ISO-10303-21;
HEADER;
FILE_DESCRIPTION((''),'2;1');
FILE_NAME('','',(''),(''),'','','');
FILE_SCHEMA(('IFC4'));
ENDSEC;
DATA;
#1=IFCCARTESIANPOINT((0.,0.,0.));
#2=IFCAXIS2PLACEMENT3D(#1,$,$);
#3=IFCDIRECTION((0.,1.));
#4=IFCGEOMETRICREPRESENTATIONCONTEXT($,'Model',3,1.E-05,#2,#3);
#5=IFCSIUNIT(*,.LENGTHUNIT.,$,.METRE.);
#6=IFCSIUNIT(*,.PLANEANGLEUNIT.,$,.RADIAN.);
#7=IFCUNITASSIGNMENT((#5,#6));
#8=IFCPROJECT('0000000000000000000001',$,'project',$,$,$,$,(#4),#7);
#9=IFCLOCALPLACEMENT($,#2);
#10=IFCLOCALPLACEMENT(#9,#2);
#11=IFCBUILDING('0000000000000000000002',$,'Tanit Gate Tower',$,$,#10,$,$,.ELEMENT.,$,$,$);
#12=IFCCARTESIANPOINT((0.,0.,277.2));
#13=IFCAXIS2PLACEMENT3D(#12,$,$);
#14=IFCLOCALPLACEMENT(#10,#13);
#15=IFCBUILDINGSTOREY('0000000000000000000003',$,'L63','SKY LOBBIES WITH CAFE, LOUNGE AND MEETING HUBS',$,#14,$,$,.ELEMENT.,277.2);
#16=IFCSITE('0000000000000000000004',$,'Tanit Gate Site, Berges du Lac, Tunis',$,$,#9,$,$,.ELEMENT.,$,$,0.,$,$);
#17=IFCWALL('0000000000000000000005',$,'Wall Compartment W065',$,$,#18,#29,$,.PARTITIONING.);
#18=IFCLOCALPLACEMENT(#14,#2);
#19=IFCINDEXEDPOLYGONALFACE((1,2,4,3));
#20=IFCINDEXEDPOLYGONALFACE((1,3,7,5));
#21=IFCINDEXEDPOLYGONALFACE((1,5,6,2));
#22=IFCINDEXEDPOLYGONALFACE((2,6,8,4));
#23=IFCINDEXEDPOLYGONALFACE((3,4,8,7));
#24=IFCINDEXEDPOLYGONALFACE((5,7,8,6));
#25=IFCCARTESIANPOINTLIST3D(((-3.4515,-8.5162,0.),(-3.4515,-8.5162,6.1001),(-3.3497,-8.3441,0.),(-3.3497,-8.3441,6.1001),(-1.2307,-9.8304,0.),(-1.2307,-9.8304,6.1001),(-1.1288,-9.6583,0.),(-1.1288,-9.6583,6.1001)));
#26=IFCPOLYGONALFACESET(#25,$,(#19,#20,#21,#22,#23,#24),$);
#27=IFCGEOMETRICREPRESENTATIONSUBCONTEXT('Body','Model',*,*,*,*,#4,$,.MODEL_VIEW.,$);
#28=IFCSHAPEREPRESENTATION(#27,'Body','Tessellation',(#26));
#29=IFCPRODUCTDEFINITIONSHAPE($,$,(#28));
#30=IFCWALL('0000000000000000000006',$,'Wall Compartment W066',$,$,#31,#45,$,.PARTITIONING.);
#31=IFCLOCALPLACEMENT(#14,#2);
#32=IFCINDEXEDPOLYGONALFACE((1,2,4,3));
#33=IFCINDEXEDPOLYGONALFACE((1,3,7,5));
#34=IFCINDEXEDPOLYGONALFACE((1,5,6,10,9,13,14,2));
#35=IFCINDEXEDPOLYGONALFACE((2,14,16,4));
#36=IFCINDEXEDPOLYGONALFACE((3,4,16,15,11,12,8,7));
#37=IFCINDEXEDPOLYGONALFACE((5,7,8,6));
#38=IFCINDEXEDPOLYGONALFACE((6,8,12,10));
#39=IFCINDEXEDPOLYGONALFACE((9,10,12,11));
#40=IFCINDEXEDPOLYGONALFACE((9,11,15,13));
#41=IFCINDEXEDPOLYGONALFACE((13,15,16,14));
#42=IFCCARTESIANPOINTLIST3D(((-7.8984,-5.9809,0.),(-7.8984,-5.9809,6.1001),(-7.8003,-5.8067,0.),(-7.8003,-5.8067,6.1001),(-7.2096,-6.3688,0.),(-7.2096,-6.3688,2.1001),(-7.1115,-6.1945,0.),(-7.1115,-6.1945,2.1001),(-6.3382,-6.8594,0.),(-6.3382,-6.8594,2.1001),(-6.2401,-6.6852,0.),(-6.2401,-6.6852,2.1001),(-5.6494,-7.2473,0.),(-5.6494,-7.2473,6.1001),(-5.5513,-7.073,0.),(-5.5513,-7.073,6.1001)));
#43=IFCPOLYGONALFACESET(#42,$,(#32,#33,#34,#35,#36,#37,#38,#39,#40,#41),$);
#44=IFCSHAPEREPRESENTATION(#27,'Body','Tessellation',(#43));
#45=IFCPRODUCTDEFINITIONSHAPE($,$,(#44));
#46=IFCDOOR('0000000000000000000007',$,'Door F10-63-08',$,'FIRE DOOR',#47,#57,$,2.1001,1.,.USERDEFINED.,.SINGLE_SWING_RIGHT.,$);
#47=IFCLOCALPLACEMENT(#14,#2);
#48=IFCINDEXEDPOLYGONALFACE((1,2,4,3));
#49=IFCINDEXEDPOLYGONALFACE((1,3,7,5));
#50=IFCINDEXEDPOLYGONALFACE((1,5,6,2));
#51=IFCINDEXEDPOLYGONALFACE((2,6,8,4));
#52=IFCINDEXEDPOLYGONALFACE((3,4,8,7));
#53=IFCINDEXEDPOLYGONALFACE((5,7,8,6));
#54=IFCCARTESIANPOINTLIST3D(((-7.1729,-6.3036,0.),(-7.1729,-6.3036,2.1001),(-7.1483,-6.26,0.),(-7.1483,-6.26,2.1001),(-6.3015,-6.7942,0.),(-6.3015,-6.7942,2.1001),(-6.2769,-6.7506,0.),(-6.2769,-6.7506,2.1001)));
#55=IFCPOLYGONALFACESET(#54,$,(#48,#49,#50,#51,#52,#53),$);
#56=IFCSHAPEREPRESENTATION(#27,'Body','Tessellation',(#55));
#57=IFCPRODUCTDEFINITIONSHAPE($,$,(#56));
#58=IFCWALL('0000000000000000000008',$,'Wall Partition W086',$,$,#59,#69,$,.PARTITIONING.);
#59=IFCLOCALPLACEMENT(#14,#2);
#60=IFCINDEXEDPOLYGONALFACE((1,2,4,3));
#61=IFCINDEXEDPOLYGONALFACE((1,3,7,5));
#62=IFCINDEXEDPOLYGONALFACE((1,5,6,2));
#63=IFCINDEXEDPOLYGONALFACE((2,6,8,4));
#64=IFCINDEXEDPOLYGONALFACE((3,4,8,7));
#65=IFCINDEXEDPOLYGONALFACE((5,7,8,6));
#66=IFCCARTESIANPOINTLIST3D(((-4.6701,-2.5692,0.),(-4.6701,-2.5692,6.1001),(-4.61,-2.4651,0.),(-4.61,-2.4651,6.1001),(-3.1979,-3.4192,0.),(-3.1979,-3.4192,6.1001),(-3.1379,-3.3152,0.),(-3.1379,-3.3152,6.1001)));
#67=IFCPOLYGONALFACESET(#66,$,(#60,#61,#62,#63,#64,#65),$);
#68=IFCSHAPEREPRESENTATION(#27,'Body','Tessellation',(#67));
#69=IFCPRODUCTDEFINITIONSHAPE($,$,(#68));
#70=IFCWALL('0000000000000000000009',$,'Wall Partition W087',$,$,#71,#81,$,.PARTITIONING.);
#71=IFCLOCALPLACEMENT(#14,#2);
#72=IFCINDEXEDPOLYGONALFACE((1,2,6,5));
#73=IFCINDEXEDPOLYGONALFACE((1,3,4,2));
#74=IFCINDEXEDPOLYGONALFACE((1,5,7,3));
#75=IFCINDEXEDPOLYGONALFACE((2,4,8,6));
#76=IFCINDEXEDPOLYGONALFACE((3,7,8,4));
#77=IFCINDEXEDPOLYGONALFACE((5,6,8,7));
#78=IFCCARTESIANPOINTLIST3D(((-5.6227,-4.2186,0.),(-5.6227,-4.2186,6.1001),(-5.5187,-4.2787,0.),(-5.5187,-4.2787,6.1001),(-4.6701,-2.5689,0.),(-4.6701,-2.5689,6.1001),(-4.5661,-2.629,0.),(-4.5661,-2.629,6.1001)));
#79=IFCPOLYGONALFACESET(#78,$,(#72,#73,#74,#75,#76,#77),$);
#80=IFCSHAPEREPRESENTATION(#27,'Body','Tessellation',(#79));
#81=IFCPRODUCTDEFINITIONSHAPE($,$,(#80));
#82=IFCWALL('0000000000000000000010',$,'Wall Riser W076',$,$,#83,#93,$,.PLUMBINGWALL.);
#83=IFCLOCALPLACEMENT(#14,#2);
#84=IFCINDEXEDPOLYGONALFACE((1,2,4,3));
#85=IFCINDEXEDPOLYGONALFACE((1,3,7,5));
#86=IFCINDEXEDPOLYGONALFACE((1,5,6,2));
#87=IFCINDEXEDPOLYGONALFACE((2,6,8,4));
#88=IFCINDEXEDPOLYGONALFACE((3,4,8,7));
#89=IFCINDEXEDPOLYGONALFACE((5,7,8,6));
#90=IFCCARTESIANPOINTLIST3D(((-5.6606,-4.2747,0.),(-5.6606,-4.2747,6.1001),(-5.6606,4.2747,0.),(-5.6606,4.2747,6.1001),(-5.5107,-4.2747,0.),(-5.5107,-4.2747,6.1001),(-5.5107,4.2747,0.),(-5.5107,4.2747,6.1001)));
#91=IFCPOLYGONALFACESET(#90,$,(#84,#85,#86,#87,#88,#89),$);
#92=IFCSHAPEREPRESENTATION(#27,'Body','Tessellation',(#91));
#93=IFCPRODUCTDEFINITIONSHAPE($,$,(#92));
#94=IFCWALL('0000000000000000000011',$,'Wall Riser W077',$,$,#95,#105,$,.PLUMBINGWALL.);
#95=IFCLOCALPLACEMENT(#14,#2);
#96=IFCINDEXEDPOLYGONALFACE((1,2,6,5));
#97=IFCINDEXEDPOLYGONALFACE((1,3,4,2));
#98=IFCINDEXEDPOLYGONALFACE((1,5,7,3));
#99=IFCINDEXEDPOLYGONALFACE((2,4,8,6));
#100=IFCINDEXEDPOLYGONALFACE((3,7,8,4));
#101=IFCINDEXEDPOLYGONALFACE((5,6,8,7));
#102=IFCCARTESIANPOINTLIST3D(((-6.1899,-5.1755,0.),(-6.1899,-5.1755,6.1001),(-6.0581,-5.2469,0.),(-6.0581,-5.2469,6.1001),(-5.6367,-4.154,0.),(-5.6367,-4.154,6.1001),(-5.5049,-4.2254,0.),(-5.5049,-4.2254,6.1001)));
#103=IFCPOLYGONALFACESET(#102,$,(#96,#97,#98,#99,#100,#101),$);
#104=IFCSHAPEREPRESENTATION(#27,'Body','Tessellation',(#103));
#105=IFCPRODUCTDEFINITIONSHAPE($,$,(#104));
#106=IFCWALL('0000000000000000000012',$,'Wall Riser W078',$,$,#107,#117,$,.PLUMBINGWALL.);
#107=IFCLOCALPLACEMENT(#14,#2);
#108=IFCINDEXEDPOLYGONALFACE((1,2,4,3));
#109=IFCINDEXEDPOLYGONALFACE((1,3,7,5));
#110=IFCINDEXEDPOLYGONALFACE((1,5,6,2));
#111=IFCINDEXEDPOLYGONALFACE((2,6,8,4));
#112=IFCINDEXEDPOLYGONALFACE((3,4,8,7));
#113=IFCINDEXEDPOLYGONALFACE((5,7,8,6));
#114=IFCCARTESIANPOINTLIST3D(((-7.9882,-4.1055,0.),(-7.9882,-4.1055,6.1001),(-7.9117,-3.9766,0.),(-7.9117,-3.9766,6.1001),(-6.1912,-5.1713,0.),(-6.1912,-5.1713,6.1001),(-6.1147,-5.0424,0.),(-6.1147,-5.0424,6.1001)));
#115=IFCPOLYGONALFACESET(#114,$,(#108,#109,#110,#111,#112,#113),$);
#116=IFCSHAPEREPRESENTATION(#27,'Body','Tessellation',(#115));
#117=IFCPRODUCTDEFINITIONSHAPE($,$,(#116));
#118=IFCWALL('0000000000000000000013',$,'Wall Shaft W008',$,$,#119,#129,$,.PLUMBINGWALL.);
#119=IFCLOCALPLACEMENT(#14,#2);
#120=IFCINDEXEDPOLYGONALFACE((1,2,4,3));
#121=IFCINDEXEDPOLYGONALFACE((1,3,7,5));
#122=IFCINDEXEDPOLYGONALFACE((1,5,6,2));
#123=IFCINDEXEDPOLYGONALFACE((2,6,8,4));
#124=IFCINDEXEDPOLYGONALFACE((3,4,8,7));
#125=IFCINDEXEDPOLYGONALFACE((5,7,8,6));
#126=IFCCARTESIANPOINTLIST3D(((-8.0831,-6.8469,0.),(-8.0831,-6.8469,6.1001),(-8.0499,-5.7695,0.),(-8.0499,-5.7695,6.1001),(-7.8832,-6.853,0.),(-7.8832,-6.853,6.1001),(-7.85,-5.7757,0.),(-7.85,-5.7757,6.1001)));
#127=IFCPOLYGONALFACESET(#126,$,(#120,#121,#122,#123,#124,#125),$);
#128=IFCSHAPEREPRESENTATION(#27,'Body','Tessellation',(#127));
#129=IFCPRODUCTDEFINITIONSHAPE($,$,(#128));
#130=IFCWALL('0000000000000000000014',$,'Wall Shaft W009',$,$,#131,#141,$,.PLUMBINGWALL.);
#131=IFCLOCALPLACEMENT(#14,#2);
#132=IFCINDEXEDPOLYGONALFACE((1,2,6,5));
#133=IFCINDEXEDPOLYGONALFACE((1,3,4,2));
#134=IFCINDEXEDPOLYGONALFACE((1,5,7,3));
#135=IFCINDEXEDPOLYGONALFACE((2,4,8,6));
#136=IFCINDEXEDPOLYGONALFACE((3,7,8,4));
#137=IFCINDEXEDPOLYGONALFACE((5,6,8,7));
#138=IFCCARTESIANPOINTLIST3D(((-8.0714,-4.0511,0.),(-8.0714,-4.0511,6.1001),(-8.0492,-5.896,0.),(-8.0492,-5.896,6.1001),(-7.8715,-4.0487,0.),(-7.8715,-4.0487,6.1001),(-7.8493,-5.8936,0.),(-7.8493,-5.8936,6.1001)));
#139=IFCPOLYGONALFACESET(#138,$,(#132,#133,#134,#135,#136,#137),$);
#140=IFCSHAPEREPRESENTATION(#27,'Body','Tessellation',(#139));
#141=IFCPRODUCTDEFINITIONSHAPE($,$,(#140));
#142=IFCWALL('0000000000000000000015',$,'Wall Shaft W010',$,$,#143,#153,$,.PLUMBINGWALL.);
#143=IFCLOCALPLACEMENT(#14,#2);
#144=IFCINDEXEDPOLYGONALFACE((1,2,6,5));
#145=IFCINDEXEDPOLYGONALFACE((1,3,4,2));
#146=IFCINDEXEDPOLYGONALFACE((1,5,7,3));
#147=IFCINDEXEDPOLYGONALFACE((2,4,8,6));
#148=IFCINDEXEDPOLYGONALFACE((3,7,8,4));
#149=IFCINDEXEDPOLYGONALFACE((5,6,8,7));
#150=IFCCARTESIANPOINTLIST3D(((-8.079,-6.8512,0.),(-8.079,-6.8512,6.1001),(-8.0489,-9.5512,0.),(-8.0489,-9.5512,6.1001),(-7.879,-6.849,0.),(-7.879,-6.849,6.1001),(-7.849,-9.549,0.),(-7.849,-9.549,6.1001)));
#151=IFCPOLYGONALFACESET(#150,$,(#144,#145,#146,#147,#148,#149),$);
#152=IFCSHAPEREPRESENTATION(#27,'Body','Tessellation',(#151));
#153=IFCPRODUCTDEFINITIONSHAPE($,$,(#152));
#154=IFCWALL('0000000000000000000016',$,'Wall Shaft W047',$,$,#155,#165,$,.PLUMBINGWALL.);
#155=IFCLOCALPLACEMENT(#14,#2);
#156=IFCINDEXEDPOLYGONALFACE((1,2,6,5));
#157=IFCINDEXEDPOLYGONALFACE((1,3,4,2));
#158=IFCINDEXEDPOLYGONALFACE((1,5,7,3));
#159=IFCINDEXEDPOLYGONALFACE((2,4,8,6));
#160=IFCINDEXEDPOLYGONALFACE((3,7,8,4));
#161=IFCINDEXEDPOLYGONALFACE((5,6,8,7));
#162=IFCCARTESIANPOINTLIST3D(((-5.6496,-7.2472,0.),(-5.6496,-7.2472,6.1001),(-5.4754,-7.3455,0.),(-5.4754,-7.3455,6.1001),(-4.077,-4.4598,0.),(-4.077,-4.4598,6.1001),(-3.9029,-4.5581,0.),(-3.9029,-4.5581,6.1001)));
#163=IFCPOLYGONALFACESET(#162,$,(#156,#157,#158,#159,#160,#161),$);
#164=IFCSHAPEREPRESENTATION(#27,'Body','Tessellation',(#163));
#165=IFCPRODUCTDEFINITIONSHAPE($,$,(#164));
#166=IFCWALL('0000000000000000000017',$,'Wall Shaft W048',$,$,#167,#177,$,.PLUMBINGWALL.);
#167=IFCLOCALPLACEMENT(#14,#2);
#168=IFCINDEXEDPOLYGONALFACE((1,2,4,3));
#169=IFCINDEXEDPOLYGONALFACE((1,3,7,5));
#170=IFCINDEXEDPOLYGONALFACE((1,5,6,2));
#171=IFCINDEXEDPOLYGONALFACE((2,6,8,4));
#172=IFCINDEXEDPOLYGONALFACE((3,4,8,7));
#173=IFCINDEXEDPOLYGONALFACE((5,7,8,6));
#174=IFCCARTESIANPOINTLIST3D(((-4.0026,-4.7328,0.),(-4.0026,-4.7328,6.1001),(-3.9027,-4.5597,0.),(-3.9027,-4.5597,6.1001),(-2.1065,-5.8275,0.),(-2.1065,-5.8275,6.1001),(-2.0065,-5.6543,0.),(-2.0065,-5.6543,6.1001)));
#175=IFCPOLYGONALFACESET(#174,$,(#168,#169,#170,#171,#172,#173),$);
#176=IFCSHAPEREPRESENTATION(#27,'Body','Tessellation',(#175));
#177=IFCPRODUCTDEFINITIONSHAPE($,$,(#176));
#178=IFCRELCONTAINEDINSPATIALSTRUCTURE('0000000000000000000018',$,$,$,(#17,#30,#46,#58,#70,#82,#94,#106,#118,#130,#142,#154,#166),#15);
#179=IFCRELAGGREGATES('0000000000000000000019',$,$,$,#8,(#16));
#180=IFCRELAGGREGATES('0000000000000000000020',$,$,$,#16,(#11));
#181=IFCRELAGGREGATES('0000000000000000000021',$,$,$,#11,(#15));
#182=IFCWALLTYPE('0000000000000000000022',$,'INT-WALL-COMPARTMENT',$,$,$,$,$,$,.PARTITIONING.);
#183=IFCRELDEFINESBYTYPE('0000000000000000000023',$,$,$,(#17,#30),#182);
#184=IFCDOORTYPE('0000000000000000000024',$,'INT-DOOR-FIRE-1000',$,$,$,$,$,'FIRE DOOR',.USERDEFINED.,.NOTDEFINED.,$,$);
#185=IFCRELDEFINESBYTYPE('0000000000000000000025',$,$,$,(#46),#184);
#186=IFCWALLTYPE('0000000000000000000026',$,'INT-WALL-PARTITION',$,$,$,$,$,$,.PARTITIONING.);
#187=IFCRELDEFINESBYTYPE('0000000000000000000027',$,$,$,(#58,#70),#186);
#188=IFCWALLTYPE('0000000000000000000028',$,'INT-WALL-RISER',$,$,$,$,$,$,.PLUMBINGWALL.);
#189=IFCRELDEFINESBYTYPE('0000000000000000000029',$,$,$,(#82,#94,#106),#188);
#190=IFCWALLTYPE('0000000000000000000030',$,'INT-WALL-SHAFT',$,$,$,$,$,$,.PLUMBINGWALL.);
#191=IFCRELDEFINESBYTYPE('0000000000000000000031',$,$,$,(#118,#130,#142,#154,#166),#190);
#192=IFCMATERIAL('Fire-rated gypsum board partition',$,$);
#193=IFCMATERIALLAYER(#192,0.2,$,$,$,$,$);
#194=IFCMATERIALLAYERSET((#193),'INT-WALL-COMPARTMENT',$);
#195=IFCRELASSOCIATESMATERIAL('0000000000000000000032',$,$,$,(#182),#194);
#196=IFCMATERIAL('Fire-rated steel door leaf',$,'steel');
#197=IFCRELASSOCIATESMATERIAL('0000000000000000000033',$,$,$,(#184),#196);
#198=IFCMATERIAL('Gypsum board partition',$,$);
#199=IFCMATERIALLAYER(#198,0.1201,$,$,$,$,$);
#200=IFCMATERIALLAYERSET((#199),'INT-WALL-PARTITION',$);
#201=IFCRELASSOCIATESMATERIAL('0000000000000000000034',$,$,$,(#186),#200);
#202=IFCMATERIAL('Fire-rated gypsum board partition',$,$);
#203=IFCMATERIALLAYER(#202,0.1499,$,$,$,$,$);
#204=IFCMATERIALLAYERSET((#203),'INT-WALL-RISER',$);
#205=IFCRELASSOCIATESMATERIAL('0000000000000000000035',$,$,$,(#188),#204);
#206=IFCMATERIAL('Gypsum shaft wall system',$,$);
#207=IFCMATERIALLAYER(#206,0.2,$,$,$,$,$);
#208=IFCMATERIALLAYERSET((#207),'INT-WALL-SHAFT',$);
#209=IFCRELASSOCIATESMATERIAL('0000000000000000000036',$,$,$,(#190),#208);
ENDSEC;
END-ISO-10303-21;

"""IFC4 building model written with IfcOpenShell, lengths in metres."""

from ifc_helpers import new_model, si_unit, direction, frame, frame_2d, origin, place, context, subcontext, project, spatial, rectangle, extrude, material, layer, layer_set, type_object, element, fill, save


model = new_model("IFC4")

# Units and contexts
model_context = context("Model", 3, precision=1e-05, world=origin(), true_north=direction((0.0, 1.0)))
body_context = subcontext(model_context, "Body", "Model", "MODEL_VIEW")
ifc_project = project(units=[si_unit("LENGTHUNIT", "METRE"), si_unit("PLANEANGLEUNIT", "RADIAN")], contexts=[model_context])

# Site, building, storey
site_placement = place(None, origin())
site = spatial("IfcSite", under=ifc_project, at=site_placement, Name="Tanit Gate Site, Berges du Lac, Tunis", CompositionType="ELEMENT", RefElevation=0.0)
building_placement = place(site_placement, origin())
building = spatial("IfcBuilding", under=site, at=building_placement, Name="Tanit Gate Tower", CompositionType="ELEMENT")
storey_placement = place(building_placement, frame((0.0, 0.0, 277.2)))
storey = spatial("IfcBuildingStorey", under=building, at=storey_placement, Name="L63", Description="SKY LOBBIES WITH CAFE, LOUNGE AND MEETING HUBS", CompositionType="ELEMENT", Elevation=277.2)

# Wall
ifc_material_1 = material(Name="Fire-rated gypsum board partition")
ifc_layer_1 = layer(ifc_material_1, 0.2)
ifc_layer_set_1 = layer_set([ifc_layer_1], Name="INT-WALL-COMPARTMENT")
wall_type_1 = type_object("IfcWallType", Name="INT-WALL-COMPARTMENT", PredefinedType="PARTITIONING", material=ifc_layer_set_1)
wall_1_placement = place(storey_placement, frame((-3.4006, -8.4302, 0.0), z_axis=(0.0, 0.0, 1.0), x_axis=(0.860616, -0.509255, 0.0)))
element("IfcWall", 1, at=wall_1_placement, inside=storey, type_object=wall_type_1, Name="Wall Compartment W065", PredefinedType="PARTITIONING", context=body_context, shape_type="SweptSolid", body=[
    extrude(rectangle(XDim=2.5806, YDim=0.2, at=frame_2d((1.2903, 0.0))), origin(), (0.0, 0.0, 1.0), 6.1001),
])

# Wall, opening, door
wall_2_placement = place(storey_placement, frame((-7.8494, -5.8938, 0.0), z_axis=(0.0, 0.0, 1.0), x_axis=(0.871363, -0.490638, 0.0)))
wall_2 = element("IfcWall", 2, at=wall_2_placement, inside=storey, type_object=wall_type_1, Name="Wall Compartment W066", PredefinedType="PARTITIONING", context=body_context, shape_type="SweptSolid", body=[
    extrude(rectangle(XDim=2.5811, YDim=0.2, at=frame_2d((1.2905, 0.0))), origin(), (0.0, 0.0, 1.0), 6.1001),
])
opening_1_placement = place(wall_2_placement, frame((0.7905, 0.0, 0.0)))
opening_1 = element("IfcOpeningElement", 3, at=opening_1_placement, cuts=wall_2, PredefinedType="OPENING", context=body_context, shape_type="SweptSolid", body=[
    extrude(rectangle(XDim=1.0, YDim=2.1001, at=frame_2d((0.5, 1.05))), frame((0.0, 0.1099, 0.0), z_axis=(0.0, -1.0, 0.0), x_axis=(1.0, 0.0, 0.0)), (0.0, 0.0, 1.0), 0.22),
])
ifc_material_2 = material(Name="Fire-rated steel door leaf", Category="steel")
door_type_1 = type_object("IfcDoorType", Name="INT-DOOR-FIRE-1000", ElementType="FIRE DOOR", OperationType="NOTDEFINED", PredefinedType="USERDEFINED", material=ifc_material_2)
door_1_placement = place(opening_1_placement, origin())
door_1 = element("IfcDoor", 4, at=door_1_placement, inside=storey, type_object=door_type_1, Name="Door F10-63-08", ObjectType="FIRE DOOR", OperationType="SINGLE_SWING_RIGHT", OverallHeight=2.1001, OverallWidth=1.0, PredefinedType="USERDEFINED", context=body_context, shape_type="SweptSolid", body=[
    extrude(rectangle(XDim=1.0, YDim=2.1001, at=frame_2d((0.5, 1.05))), frame((0.0, 0.0249, 0.0), z_axis=(0.0, -1.0, 0.0), x_axis=(1.0, 0.0, 0.0)), (0.0, 0.0, 1.0), 0.05),
])
fill(opening_1, door_1)

# Walls
ifc_material_3 = material(Name="Gypsum board partition")
ifc_layer_2 = layer(ifc_material_3, 0.1201)
ifc_layer_set_2 = layer_set([ifc_layer_2], Name="INT-WALL-PARTITION")
wall_type_2 = type_object("IfcWallType", Name="INT-WALL-PARTITION", PredefinedType="PARTITIONING", material=ifc_layer_set_2)
wall_3_placement = place(storey_placement, frame((-4.6401, -2.5171, 0.0), z_axis=(0.0, 0.0, 1.0), x_axis=(0.865989, -0.500062, 0.0)))
element("IfcWall", 5, at=wall_3_placement, inside=storey, type_object=wall_type_2, Name="Wall Partition W086", PredefinedType="PARTITIONING", context=body_context, shape_type="SweptSolid", body=[
    extrude(rectangle(XDim=1.7, YDim=0.1201, at=frame_2d((0.8501, 0.0))), origin(), (0.0, 0.0, 1.0), 6.1001),
])
wall_4_placement = place(storey_placement, frame((-5.5708, -4.2488, 0.0), z_axis=(0.0, 0.0, 1.0), x_axis=(0.500081, 0.865979, 0.0)))
element("IfcWall", 6, at=wall_4_placement, inside=storey, type_object=wall_type_2, Name="Wall Partition W087", PredefinedType="PARTITIONING", context=body_context, shape_type="SweptSolid", body=[
    extrude(rectangle(XDim=1.905, YDim=0.1201, at=frame_2d((0.9526, 0.0))), origin(), (0.0, 0.0, 1.0), 6.1001),
])
ifc_material_4 = material(Name="Fire-rated gypsum board partition")
ifc_layer_3 = layer(ifc_material_4, 0.1499)
ifc_layer_set_3 = layer_set([ifc_layer_3], Name="INT-WALL-RISER")
wall_type_3 = type_object("IfcWallType", Name="INT-WALL-RISER", PredefinedType="PLUMBINGWALL", material=ifc_layer_set_3)
wall_5_placement = place(storey_placement, frame((-5.5857, -4.2747, 0.0), z_axis=(0.0, 0.0, 1.0), x_axis=(0.0, 1.0, 0.0)))
element("IfcWall", 7, at=wall_5_placement, inside=storey, type_object=wall_type_3, Name="Wall Riser W076", PredefinedType="PLUMBINGWALL", context=body_context, shape_type="SweptSolid", body=[
    extrude(rectangle(XDim=8.5493, YDim=0.1499, at=frame_2d((4.2747, 0.0))), origin(), (0.0, 0.0, 1.0), 6.1001),
])
wall_6_placement = place(storey_placement, frame((-6.124, -5.2112, 0.0), z_axis=(0.0, 0.0, 1.0), x_axis=(0.476229, 0.879321, 0.0)))
element("IfcWall", 8, at=wall_6_placement, inside=storey, type_object=wall_type_3, Name="Wall Riser W077", PredefinedType="PLUMBINGWALL", context=body_context, shape_type="SweptSolid", body=[
    extrude(rectangle(XDim=1.1616, YDim=0.1499, at=frame_2d((0.5808, 0.0))), origin(), (0.0, 0.0, 1.0), 6.1001),
])
wall_7_placement = place(storey_placement, frame((-7.95, -4.041, 0.0), z_axis=(0.0, 0.0, 1.0), x_axis=(0.86009, -0.510142, 0.0)))
element("IfcWall", 9, at=wall_7_placement, inside=storey, type_object=wall_type_3, Name="Wall Riser W078", PredefinedType="PLUMBINGWALL", context=body_context, shape_type="SweptSolid", body=[
    extrude(rectangle(XDim=2.0894, YDim=0.1499, at=frame_2d((1.0447, 0.0))), origin(), (0.0, 0.0, 1.0), 6.1001),
])
ifc_material_5 = material(Name="Gypsum shaft wall system")
ifc_layer_4 = layer(ifc_material_5, 0.2)
ifc_layer_set_4 = layer_set([ifc_layer_4], Name="INT-WALL-SHAFT")
wall_type_4 = type_object("IfcWallType", Name="INT-WALL-SHAFT", PredefinedType="PLUMBINGWALL", material=ifc_layer_set_4)
wall_8_placement = place(storey_placement, frame((-7.95, -5.7725, 0.0), z_axis=(0.0, 0.0, 1.0), x_axis=(-0.030803, -0.999525, 0.0)))
element("IfcWall", 10, at=wall_8_placement, inside=storey, type_object=wall_type_4, Name="Wall Shaft W008", PredefinedType="PLUMBINGWALL", context=body_context, shape_type="SweptSolid", body=[
    extrude(rectangle(XDim=1.0779, YDim=0.2, at=frame_2d((0.5391, 0.0))), origin(), (0.0, 0.0, 1.0), 6.1001),
])
wall_9_placement = place(storey_placement, frame((-7.9714, -4.05, 0.0), z_axis=(0.0, 0.0, 1.0), x_axis=(0.012043, -0.999927, 0.0)))
element("IfcWall", 11, at=wall_9_placement, inside=storey, type_object=wall_type_4, Name="Wall Shaft W009", PredefinedType="PLUMBINGWALL", context=body_context, shape_type="SweptSolid", body=[
    extrude(rectangle(XDim=1.845, YDim=0.2, at=frame_2d((0.9224, 0.0))), origin(), (0.0, 0.0, 1.0), 6.1001),
])
wall_10_placement = place(storey_placement, frame((-7.979, -6.8501, 0.0), z_axis=(0.0, 0.0, 1.0), x_axis=(0.011121, -0.999938, 0.0)))
element("IfcWall", 12, at=wall_10_placement, inside=storey, type_object=wall_type_4, Name="Wall Shaft W010", PredefinedType="PLUMBINGWALL", context=body_context, shape_type="SweptSolid", body=[
    extrude(rectangle(XDim=2.7002, YDim=0.2, at=frame_2d((1.3501, 0.0))), origin(), (0.0, 0.0, 1.0), 6.1001),
])

# Walls
wall_11_placement = place(storey_placement, frame((-3.99, -4.509, 0.0), z_axis=(0.0, 0.0, 1.0), x_axis=(-0.491358, -0.870958, 0.0)))
element("IfcWall", 13, at=wall_11_placement, inside=storey, type_object=wall_type_4, Name="Wall Shaft W047", PredefinedType="PLUMBINGWALL", context=body_context, shape_type="SweptSolid", body=[
    extrude(rectangle(XDim=3.2004, YDim=0.2, at=frame_2d((1.6001, 0.0))), origin(), (0.0, 0.0, 1.0), 6.1001),
])
wall_12_placement = place(storey_placement, frame((-3.9526, -4.6462, 0.0), z_axis=(0.0, 0.0, 1.0), x_axis=(0.866039, -0.499977, 0.0)))
element("IfcWall", 14, at=wall_12_placement, inside=storey, type_object=wall_type_4, Name="Wall Shaft W048", PredefinedType="PLUMBINGWALL", context=body_context, shape_type="SweptSolid", body=[
    extrude(rectangle(XDim=2.1895, YDim=0.2, at=frame_2d((1.0947, 0.0))), origin(), (0.0, 0.0, 1.0), 6.1001),
])

save(model, "model.ifc")
